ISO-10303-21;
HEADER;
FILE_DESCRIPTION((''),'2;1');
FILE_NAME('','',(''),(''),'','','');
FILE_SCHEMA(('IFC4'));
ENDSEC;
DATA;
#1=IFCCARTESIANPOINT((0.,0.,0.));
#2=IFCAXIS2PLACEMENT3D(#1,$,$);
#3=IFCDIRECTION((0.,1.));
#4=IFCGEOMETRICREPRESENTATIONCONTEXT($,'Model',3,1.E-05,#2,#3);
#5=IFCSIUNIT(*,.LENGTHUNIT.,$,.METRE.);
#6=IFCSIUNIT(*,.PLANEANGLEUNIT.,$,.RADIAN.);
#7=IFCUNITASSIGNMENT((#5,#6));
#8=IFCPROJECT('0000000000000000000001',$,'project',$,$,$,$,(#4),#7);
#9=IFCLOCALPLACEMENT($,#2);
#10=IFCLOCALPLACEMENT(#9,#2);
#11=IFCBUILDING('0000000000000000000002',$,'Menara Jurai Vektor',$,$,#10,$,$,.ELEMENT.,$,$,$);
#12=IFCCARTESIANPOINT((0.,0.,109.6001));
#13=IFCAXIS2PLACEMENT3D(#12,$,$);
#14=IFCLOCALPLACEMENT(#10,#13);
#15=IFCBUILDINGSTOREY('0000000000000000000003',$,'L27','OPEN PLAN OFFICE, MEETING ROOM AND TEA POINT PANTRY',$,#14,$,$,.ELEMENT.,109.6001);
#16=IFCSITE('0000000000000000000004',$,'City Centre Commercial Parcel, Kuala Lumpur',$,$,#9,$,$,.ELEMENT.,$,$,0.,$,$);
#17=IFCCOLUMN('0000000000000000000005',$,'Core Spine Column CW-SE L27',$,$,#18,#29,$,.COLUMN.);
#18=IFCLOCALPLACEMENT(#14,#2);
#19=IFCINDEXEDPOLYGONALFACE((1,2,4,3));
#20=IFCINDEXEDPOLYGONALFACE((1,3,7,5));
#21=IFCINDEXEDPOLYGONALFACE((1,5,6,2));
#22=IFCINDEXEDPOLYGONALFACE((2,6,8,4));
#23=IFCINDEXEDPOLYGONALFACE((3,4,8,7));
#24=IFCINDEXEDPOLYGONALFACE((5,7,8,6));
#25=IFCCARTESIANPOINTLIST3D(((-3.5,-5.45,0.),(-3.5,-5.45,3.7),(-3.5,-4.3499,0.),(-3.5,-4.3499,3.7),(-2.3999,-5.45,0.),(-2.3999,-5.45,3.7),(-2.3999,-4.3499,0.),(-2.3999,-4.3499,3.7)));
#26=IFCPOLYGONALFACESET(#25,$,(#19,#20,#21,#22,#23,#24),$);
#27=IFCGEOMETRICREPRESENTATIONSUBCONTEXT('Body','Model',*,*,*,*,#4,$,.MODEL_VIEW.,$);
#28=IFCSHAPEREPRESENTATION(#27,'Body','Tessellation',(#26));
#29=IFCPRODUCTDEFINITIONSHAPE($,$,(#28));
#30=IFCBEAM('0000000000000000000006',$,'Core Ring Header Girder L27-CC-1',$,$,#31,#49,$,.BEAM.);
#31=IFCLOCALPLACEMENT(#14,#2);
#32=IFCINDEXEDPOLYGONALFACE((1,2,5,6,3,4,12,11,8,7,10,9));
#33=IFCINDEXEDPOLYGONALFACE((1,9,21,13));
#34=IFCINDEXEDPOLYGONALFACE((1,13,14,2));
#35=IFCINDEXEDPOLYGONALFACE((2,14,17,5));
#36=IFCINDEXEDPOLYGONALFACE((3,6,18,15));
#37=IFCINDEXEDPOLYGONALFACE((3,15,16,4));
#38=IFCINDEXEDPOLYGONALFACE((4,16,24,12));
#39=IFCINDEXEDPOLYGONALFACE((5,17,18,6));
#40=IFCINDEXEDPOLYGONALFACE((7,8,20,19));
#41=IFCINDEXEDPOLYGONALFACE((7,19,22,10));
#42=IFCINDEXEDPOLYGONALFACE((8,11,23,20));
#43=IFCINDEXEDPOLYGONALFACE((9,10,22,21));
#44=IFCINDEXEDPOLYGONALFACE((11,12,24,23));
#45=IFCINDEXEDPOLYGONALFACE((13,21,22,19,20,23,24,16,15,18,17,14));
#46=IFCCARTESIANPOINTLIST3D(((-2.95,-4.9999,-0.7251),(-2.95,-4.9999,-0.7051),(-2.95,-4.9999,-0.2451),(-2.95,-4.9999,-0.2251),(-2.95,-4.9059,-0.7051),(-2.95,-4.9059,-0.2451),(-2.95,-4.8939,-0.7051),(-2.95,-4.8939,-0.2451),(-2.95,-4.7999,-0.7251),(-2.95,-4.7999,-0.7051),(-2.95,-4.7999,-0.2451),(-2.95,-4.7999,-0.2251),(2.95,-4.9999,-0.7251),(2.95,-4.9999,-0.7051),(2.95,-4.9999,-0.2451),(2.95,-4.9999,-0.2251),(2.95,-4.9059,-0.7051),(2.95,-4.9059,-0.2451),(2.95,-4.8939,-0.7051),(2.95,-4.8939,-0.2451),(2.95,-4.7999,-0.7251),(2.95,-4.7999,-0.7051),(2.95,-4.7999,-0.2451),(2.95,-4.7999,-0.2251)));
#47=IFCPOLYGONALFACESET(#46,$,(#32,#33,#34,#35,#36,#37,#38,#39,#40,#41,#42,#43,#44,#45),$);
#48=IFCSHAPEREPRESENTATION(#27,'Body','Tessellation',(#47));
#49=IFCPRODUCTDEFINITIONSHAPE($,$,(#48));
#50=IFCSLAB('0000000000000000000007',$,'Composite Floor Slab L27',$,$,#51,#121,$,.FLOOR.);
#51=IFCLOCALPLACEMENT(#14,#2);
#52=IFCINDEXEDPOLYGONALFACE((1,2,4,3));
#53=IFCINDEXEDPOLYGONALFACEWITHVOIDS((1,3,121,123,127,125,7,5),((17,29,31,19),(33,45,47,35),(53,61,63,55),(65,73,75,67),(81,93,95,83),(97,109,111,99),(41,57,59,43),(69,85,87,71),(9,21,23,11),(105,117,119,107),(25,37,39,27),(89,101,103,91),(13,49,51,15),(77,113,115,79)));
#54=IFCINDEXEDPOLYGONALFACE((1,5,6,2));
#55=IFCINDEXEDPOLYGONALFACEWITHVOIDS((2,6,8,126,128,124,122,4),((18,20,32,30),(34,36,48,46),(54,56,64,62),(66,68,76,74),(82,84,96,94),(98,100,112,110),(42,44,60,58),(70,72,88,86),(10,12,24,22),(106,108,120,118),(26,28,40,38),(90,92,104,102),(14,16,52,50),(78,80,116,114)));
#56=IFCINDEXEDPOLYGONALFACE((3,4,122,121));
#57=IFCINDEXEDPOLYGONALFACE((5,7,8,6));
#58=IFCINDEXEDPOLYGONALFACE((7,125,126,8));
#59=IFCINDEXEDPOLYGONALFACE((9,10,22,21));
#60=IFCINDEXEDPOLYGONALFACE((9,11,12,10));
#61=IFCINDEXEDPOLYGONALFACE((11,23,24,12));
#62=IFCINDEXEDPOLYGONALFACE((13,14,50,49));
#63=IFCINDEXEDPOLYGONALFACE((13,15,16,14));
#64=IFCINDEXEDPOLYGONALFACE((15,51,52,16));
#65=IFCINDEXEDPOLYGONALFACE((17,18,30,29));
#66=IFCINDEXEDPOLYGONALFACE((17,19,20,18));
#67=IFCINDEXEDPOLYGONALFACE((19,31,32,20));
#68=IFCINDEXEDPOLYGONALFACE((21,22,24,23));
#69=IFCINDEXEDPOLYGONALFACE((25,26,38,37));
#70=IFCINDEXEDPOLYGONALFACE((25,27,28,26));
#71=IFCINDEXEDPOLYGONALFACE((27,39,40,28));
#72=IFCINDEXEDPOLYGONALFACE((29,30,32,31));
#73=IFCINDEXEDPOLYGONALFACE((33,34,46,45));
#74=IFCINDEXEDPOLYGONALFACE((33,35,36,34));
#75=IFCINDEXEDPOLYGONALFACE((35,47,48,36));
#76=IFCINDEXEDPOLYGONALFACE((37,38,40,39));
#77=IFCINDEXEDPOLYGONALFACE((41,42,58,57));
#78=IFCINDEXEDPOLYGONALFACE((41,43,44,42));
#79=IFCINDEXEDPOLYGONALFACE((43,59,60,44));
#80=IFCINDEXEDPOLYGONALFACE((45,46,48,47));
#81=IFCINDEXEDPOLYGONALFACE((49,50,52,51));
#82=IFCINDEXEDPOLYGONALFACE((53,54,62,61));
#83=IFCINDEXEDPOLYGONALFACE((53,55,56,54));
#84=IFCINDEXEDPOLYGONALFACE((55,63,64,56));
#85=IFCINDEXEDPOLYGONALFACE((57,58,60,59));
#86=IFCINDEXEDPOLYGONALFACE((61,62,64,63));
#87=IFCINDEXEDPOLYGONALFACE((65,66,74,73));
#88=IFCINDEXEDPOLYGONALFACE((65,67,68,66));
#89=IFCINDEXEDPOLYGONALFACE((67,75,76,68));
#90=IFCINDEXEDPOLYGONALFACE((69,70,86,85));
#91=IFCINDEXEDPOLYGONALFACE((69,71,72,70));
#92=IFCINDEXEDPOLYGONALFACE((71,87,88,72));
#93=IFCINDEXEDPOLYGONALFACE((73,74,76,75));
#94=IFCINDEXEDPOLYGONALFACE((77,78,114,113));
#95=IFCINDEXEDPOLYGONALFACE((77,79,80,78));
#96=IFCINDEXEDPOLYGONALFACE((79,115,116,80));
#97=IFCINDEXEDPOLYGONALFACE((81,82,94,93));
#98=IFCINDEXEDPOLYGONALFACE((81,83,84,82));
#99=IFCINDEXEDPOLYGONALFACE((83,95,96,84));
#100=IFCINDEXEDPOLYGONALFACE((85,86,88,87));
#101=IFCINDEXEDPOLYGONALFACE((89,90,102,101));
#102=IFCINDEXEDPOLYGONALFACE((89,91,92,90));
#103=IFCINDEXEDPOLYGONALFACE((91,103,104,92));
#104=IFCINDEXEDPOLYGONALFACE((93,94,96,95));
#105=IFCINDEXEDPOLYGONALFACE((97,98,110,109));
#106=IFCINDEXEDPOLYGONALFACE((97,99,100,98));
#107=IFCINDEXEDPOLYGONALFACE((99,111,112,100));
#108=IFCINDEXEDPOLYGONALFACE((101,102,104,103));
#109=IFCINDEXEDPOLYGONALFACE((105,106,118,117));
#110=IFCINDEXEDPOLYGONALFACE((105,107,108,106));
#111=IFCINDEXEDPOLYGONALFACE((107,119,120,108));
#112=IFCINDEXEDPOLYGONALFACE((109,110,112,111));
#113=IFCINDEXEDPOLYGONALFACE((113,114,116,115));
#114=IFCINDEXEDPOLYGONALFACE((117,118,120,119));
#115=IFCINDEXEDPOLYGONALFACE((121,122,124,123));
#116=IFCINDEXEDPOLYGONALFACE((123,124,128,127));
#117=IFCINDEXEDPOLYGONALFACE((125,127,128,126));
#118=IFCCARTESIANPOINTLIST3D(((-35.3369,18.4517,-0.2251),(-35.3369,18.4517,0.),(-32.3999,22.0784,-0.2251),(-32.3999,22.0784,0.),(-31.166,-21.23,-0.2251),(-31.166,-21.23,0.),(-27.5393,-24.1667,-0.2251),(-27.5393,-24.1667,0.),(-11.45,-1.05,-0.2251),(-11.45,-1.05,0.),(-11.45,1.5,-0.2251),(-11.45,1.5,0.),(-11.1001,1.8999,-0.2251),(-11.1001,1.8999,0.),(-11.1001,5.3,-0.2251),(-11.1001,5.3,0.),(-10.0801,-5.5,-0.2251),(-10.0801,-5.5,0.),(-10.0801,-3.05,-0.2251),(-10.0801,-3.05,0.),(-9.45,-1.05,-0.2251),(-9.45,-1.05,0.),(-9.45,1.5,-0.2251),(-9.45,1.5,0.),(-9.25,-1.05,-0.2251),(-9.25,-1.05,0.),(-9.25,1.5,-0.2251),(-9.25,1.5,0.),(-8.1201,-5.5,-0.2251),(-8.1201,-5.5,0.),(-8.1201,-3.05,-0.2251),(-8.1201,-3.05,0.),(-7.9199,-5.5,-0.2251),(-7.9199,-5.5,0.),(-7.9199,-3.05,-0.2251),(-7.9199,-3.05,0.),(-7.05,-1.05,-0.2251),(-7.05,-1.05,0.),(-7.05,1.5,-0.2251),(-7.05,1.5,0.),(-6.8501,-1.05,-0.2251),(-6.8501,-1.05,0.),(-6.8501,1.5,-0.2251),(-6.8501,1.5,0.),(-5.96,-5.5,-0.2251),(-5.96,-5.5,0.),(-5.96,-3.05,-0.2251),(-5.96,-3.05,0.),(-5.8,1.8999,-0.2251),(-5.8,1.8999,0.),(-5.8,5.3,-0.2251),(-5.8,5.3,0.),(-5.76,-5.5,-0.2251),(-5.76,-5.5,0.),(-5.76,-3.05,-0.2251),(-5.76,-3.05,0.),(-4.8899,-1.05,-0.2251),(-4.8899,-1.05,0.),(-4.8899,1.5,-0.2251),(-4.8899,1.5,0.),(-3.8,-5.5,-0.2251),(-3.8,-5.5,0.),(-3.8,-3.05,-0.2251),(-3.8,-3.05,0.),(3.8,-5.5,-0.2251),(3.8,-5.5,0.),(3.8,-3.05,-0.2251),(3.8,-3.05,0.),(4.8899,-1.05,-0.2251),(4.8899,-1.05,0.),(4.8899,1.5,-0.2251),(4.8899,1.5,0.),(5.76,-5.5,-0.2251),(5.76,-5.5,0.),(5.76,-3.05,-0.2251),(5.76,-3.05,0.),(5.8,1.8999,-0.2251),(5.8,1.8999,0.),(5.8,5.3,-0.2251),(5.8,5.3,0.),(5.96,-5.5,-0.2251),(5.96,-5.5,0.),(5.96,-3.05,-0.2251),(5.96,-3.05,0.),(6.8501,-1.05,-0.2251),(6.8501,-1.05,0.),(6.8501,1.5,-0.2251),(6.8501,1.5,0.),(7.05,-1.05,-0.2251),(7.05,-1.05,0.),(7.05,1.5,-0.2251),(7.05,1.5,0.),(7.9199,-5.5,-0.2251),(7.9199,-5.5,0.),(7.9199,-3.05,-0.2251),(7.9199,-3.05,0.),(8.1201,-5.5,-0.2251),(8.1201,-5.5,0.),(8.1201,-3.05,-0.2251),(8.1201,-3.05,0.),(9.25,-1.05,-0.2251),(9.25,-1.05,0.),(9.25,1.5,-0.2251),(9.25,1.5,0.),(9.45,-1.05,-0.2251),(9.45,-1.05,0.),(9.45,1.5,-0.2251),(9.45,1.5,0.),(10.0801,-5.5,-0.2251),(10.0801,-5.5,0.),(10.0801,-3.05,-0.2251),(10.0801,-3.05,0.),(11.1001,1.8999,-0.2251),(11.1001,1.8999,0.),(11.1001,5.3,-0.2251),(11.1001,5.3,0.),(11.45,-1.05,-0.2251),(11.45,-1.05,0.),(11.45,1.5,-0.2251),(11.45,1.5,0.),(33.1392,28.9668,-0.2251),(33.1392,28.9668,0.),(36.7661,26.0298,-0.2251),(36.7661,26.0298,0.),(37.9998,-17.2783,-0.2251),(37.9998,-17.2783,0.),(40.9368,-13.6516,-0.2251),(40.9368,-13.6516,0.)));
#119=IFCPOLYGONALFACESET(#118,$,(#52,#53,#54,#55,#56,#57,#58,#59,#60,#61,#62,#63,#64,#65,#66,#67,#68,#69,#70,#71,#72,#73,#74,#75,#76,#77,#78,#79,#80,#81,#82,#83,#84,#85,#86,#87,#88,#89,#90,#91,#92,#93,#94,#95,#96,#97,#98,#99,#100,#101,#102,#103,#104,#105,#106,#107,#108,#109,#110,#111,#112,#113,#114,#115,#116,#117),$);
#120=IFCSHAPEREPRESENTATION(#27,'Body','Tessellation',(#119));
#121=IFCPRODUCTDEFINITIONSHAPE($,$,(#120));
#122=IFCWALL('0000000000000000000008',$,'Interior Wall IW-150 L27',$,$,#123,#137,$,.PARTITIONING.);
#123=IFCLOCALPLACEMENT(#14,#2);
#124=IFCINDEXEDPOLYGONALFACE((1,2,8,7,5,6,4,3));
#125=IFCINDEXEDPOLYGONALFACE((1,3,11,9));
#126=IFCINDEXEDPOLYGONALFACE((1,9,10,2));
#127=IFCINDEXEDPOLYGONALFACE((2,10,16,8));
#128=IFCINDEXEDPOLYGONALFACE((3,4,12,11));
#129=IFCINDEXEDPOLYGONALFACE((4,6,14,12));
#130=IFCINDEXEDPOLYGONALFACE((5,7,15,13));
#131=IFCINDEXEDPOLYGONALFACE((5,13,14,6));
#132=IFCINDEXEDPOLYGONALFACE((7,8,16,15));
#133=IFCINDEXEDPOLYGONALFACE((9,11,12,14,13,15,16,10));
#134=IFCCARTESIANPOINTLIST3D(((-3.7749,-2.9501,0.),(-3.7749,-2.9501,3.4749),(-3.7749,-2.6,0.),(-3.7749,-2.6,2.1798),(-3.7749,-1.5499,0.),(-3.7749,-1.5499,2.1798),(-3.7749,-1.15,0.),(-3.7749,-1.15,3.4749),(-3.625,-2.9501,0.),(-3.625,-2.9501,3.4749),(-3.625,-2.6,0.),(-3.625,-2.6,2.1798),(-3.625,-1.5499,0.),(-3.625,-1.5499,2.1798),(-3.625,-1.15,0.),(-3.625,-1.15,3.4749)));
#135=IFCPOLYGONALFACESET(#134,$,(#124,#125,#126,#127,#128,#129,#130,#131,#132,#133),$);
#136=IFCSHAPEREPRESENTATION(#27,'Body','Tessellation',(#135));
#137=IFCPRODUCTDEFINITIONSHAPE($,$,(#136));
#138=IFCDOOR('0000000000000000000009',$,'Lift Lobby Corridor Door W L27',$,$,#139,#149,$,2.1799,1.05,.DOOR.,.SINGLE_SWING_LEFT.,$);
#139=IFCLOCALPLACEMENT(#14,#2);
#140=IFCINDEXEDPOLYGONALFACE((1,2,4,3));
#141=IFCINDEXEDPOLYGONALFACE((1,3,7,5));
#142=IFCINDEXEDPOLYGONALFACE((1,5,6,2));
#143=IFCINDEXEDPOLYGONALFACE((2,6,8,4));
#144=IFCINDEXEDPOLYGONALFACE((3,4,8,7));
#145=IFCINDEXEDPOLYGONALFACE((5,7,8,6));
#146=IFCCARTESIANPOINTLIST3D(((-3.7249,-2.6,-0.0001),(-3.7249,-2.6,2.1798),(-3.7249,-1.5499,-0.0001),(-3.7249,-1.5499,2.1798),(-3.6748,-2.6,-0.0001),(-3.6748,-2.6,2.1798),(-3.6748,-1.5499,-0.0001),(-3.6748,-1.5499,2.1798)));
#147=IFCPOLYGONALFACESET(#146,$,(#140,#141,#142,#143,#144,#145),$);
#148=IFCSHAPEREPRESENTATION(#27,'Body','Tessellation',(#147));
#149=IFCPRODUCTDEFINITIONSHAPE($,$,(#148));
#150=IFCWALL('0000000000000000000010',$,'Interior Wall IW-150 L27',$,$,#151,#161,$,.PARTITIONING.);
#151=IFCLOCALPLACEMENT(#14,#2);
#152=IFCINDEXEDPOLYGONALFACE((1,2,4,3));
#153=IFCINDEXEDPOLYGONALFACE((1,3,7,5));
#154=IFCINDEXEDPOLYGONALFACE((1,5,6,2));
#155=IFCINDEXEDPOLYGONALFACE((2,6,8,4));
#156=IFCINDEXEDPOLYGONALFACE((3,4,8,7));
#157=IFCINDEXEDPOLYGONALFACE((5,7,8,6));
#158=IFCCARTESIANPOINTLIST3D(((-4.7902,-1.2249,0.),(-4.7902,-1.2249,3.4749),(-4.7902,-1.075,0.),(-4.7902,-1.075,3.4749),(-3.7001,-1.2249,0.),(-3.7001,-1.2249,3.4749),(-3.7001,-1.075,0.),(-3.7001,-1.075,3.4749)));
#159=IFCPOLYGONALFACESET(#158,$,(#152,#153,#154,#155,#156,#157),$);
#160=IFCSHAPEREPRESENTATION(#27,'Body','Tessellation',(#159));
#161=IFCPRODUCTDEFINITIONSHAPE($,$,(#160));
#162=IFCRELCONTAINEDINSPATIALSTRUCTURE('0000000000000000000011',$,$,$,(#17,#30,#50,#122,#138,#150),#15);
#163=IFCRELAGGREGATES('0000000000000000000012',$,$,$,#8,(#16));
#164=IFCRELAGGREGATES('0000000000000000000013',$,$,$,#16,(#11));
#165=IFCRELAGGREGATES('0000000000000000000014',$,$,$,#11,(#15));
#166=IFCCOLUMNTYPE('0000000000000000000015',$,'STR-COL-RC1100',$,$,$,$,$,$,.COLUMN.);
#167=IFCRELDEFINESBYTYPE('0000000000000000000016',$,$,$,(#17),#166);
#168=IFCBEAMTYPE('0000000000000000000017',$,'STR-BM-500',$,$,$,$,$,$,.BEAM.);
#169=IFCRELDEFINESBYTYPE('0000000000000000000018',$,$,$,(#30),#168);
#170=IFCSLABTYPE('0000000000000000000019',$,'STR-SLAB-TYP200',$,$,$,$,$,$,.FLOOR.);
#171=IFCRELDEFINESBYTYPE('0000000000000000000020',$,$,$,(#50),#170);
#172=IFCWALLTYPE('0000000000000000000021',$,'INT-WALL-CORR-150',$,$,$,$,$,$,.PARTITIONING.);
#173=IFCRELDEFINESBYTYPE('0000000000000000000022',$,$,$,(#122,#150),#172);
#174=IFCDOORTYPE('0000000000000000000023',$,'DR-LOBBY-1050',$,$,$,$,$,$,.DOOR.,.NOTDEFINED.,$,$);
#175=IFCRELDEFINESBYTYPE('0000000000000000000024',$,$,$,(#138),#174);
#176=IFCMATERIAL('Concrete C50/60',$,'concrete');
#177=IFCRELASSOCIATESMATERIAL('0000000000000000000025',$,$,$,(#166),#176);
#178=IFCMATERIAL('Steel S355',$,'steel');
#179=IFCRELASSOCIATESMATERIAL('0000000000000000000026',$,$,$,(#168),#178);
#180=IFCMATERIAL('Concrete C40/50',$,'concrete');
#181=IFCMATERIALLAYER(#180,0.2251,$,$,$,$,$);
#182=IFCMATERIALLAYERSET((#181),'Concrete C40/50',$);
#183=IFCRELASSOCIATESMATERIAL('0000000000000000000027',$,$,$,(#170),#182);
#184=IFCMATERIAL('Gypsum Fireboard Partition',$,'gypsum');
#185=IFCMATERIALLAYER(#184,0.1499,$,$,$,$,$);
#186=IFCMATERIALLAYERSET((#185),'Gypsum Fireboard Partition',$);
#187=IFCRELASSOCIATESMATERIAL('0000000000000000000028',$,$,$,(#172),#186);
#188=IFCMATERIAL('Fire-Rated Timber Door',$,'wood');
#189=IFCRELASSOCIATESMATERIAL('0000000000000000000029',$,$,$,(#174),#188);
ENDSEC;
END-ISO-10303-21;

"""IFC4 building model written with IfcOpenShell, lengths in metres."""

from ifc_helpers import new_model, si_unit, direction, frame, frame_2d, origin, origin_2d, place, context, subcontext, project, spatial, polyline, rectangle, i_section, outline, extrude, material, layer, layer_set, material_profile, profile_set, type_object, element, fill, save


model = new_model("IFC4")

# Units and contexts
model_context = context("Model", 3, precision=1e-05, world=origin(), true_north=direction((0.0, 1.0)))
body_context = subcontext(model_context, "Body", "Model", "MODEL_VIEW")
ifc_project = project(units=[si_unit("LENGTHUNIT", "METRE"), si_unit("PLANEANGLEUNIT", "RADIAN")], contexts=[model_context])

# Site, building, storey
site_placement = place(None, origin())
site = spatial("IfcSite", under=ifc_project, at=site_placement, Name="City Centre Commercial Parcel, Kuala Lumpur", CompositionType="ELEMENT", RefElevation=0.0)
building_placement = place(site_placement, origin())
building = spatial("IfcBuilding", under=site, at=building_placement, Name="Menara Jurai Vektor", CompositionType="ELEMENT")
storey_placement = place(building_placement, frame((0.0, 0.0, 109.6001)))
storey = spatial("IfcBuildingStorey", under=building, at=storey_placement, Name="L27", Description="OPEN PLAN OFFICE, MEETING ROOM AND TEA POINT PANTRY", CompositionType="ELEMENT", Elevation=109.6001)

# Column
ifc_material_1 = material(Name="Concrete C50/60", Category="concrete")
ifc_material_profile_1 = material_profile(ifc_material_1, rectangle(XDim=1.1001, YDim=1.1001, at=origin_2d()), Name="RC 1100x1100")
ifc_profile_set_1 = profile_set([ifc_material_profile_1], Name="Concrete C50/60")
column_type = type_object("IfcColumnType", Name="STR-COL-RC1100", PredefinedType="COLUMN", material=ifc_profile_set_1)
column_placement = place(storey_placement, frame((-2.95, -4.8999, 0.0), z_axis=(0.0, 0.0, 1.0), x_axis=(1.0, 0.0, 0.0)))
element("IfcColumn", 1, at=column_placement, inside=storey, type_object=column_type, Name="Core Spine Column CW-SE L27", PredefinedType="COLUMN", context=body_context, shape_type="SweptSolid", body=[
    extrude(rectangle(XDim=1.1001, YDim=1.1001, at=origin_2d()), origin(), (0.0, 0.0, 1.0), 3.7),
])

# Beam
ifc_material_2 = material(Name="Steel S355", Category="steel")
ifc_material_profile_2 = material_profile(ifc_material_2, i_section(OverallWidth=0.2, OverallDepth=0.5, WebThickness=0.012, FlangeThickness=0.02, at=origin_2d()), Name="PG 500x200x96")
ifc_profile_set_2 = profile_set([ifc_material_profile_2], Name="Steel S355")
beam_type = type_object("IfcBeamType", Name="STR-BM-500", PredefinedType="BEAM", material=ifc_profile_set_2)
beam_placement = place(storey_placement, frame((-2.95, -4.8999, -0.4751), z_axis=(1.0, 0.0, 0.0), x_axis=(0.0, 1.0, 0.0)))
element("IfcBeam", 2, at=beam_placement, inside=storey, type_object=beam_type, Name="Core Ring Header Girder L27-CC-1", PredefinedType="BEAM", context=body_context, shape_type="SweptSolid", body=[
    extrude(i_section(OverallWidth=0.2, OverallDepth=0.5, WebThickness=0.012, FlangeThickness=0.02, at=origin_2d()), origin(), (0.0, 0.0, 1.0), 5.8999),
])

# Slab
ifc_material_3 = material(Name="Concrete C40/50", Category="concrete")
ifc_layer_1 = layer(ifc_material_3, 0.2251)
ifc_layer_set_1 = layer_set([ifc_layer_1], Name="Concrete C40/50")
slab_type = type_object("IfcSlabType", Name="STR-SLAB-TYP200", PredefinedType="FLOOR", material=ifc_layer_set_1)
slab_placement = place(storey_placement, frame((0.0, 0.0, -0.2251)))
element("IfcSlab", 3, at=slab_placement, inside=storey, type_object=slab_type, Name="Composite Floor Slab L27", PredefinedType="FLOOR", context=body_context, shape_type="SweptSolid", body=[
    extrude(outline(polyline([(-27.5393, -24.1667), (37.9998, -17.2783), (40.9368, -13.6516), (36.7661, 26.0298), (33.1392, 28.9668), (-32.3999, 22.0784), (-35.3369, 18.4517), (-31.166, -21.23), (-27.5393, -24.1667)]), holes=[polyline([(-11.1001, 1.8999), (-11.1001, 5.3), (-5.8, 5.3), (-5.8, 1.8999), (-11.1001, 1.8999)]), polyline([(5.8, 1.8999), (5.8, 5.3), (11.1001, 5.3), (11.1001, 1.8999), (5.8, 1.8999)]), polyline([(-11.45, -1.05), (-11.45, 1.5), (-9.45, 1.5), (-9.45, -1.05), (-11.45, -1.05)]), polyline([(9.45, -1.05), (9.45, 1.5), (11.45, 1.5), (11.45, -1.05), (9.45, -1.05)]), polyline([(-5.76, -5.5), (-5.76, -3.05), (-3.8, -3.05), (-3.8, -5.5), (-5.76, -5.5)]), polyline([(-6.8501, -1.05), (-6.8501, 1.5), (-4.8899, 1.5), (-4.8899, -1.05), (-6.8501, -1.05)]), polyline([(3.8, -5.5), (3.8, -3.05), (5.76, -3.05), (5.76, -5.5), (3.8, -5.5)]), polyline([(4.8899, -1.05), (4.8899, 1.5), (6.8501, 1.5), (6.8501, -1.05), (4.8899, -1.05)]), polyline([(-10.0801, -5.5), (-10.0801, -3.05), (-8.1201, -3.05), (-8.1201, -5.5), (-10.0801, -5.5)]), polyline([(-7.9199, -5.5), (-7.9199, -3.05), (-5.96, -3.05), (-5.96, -5.5), (-7.9199, -5.5)]), polyline([(5.96, -5.5), (5.96, -3.05), (7.9199, -3.05), (7.9199, -5.5), (5.96, -5.5)]), polyline([(8.1201, -5.5), (8.1201, -3.05), (10.0801, -3.05), (10.0801, -5.5), (8.1201, -5.5)]), polyline([(-9.25, -1.05), (-9.25, 1.5), (-7.05, 1.5), (-7.05, -1.05), (-9.25, -1.05)]), polyline([(7.05, -1.05), (7.05, 1.5), (9.25, 1.5), (9.25, -1.05), (7.05, -1.05)])]), origin(), (0.0, 0.0, 1.0), 0.2251),
])

# Wall, opening, door
ifc_material_4 = material(Name="Gypsum Fireboard Partition", Category="gypsum")
ifc_layer_2 = layer(ifc_material_4, 0.1499)
ifc_layer_set_2 = layer_set([ifc_layer_2], Name="Gypsum Fireboard Partition")
wall_type_1 = type_object("IfcWallType", Name="INT-WALL-CORR-150", PredefinedType="PARTITIONING", material=ifc_layer_set_2)
wall_1_placement = place(storey_placement, frame((-3.7, -2.95, 0.0), z_axis=(0.0, 0.0, 1.0), x_axis=(0.0, 1.0, 0.0)))
wall_1 = element("IfcWall", 4, at=wall_1_placement, inside=storey, type_object=wall_type_1, Name="Interior Wall IW-150 L27", PredefinedType="PARTITIONING", context=body_context, shape_type="SweptSolid", body=[
    extrude(rectangle(XDim=1.8, YDim=0.1499, at=frame_2d((0.8999, 0.0))), origin(), (0.0, 0.0, 1.0), 3.4749),
])
opening_1_placement = place(wall_1_placement, frame((0.3501, 0.0, 0.0)))
opening_1 = element("IfcOpeningElement", 5, at=opening_1_placement, cuts=wall_1, PredefinedType="OPENING", context=body_context, shape_type="SweptSolid", body=[
    extrude(rectangle(XDim=1.05, YDim=2.1799, at=frame_2d((0.5249, 1.0898))), frame((0.0, 0.085, 0.0), z_axis=(0.0, -1.0, 0.0), x_axis=(1.0, 0.0, 0.0)), (0.0, 0.0, 1.0), 0.1699),
])
ifc_material_5 = material(Name="Fire-Rated Timber Door", Category="wood")
door_type_1 = type_object("IfcDoorType", Name="DR-LOBBY-1050", OperationType="NOTDEFINED", PredefinedType="DOOR", material=ifc_material_5)
door_1_placement = place(opening_1_placement, origin())
door_1 = element("IfcDoor", 6, at=door_1_placement, inside=storey, type_object=door_type_1, Name="Lift Lobby Corridor Door W L27", OperationType="SINGLE_SWING_LEFT", OverallHeight=2.1799, OverallWidth=1.05, PredefinedType="DOOR", context=body_context, shape_type="SweptSolid", body=[
    extrude(rectangle(XDim=1.05, YDim=2.1799, at=frame_2d((0.5249, 1.0898))), frame((0.0, 0.0249, 0.0), z_axis=(0.0, -1.0, 0.0), x_axis=(1.0, 0.0, 0.0)), (0.0, 0.0, 1.0), 0.05),
])
fill(opening_1, door_1)

# Wall
wall_2_placement = place(storey_placement, frame((-4.79, -1.1499, 0.0), z_axis=(0.0, 0.0, 1.0), x_axis=(1.0, 0.0, 0.0)))
element("IfcWall", 7, at=wall_2_placement, inside=storey, type_object=wall_type_1, Name="Interior Wall IW-150 L27", PredefinedType="PARTITIONING", context=body_context, shape_type="SweptSolid", body=[
    extrude(rectangle(XDim=1.0901, YDim=0.1499, at=frame_2d((0.5449, 0.0))), origin(), (0.0, 0.0, 1.0), 3.4749),
])

save(model, "model.ifc")
